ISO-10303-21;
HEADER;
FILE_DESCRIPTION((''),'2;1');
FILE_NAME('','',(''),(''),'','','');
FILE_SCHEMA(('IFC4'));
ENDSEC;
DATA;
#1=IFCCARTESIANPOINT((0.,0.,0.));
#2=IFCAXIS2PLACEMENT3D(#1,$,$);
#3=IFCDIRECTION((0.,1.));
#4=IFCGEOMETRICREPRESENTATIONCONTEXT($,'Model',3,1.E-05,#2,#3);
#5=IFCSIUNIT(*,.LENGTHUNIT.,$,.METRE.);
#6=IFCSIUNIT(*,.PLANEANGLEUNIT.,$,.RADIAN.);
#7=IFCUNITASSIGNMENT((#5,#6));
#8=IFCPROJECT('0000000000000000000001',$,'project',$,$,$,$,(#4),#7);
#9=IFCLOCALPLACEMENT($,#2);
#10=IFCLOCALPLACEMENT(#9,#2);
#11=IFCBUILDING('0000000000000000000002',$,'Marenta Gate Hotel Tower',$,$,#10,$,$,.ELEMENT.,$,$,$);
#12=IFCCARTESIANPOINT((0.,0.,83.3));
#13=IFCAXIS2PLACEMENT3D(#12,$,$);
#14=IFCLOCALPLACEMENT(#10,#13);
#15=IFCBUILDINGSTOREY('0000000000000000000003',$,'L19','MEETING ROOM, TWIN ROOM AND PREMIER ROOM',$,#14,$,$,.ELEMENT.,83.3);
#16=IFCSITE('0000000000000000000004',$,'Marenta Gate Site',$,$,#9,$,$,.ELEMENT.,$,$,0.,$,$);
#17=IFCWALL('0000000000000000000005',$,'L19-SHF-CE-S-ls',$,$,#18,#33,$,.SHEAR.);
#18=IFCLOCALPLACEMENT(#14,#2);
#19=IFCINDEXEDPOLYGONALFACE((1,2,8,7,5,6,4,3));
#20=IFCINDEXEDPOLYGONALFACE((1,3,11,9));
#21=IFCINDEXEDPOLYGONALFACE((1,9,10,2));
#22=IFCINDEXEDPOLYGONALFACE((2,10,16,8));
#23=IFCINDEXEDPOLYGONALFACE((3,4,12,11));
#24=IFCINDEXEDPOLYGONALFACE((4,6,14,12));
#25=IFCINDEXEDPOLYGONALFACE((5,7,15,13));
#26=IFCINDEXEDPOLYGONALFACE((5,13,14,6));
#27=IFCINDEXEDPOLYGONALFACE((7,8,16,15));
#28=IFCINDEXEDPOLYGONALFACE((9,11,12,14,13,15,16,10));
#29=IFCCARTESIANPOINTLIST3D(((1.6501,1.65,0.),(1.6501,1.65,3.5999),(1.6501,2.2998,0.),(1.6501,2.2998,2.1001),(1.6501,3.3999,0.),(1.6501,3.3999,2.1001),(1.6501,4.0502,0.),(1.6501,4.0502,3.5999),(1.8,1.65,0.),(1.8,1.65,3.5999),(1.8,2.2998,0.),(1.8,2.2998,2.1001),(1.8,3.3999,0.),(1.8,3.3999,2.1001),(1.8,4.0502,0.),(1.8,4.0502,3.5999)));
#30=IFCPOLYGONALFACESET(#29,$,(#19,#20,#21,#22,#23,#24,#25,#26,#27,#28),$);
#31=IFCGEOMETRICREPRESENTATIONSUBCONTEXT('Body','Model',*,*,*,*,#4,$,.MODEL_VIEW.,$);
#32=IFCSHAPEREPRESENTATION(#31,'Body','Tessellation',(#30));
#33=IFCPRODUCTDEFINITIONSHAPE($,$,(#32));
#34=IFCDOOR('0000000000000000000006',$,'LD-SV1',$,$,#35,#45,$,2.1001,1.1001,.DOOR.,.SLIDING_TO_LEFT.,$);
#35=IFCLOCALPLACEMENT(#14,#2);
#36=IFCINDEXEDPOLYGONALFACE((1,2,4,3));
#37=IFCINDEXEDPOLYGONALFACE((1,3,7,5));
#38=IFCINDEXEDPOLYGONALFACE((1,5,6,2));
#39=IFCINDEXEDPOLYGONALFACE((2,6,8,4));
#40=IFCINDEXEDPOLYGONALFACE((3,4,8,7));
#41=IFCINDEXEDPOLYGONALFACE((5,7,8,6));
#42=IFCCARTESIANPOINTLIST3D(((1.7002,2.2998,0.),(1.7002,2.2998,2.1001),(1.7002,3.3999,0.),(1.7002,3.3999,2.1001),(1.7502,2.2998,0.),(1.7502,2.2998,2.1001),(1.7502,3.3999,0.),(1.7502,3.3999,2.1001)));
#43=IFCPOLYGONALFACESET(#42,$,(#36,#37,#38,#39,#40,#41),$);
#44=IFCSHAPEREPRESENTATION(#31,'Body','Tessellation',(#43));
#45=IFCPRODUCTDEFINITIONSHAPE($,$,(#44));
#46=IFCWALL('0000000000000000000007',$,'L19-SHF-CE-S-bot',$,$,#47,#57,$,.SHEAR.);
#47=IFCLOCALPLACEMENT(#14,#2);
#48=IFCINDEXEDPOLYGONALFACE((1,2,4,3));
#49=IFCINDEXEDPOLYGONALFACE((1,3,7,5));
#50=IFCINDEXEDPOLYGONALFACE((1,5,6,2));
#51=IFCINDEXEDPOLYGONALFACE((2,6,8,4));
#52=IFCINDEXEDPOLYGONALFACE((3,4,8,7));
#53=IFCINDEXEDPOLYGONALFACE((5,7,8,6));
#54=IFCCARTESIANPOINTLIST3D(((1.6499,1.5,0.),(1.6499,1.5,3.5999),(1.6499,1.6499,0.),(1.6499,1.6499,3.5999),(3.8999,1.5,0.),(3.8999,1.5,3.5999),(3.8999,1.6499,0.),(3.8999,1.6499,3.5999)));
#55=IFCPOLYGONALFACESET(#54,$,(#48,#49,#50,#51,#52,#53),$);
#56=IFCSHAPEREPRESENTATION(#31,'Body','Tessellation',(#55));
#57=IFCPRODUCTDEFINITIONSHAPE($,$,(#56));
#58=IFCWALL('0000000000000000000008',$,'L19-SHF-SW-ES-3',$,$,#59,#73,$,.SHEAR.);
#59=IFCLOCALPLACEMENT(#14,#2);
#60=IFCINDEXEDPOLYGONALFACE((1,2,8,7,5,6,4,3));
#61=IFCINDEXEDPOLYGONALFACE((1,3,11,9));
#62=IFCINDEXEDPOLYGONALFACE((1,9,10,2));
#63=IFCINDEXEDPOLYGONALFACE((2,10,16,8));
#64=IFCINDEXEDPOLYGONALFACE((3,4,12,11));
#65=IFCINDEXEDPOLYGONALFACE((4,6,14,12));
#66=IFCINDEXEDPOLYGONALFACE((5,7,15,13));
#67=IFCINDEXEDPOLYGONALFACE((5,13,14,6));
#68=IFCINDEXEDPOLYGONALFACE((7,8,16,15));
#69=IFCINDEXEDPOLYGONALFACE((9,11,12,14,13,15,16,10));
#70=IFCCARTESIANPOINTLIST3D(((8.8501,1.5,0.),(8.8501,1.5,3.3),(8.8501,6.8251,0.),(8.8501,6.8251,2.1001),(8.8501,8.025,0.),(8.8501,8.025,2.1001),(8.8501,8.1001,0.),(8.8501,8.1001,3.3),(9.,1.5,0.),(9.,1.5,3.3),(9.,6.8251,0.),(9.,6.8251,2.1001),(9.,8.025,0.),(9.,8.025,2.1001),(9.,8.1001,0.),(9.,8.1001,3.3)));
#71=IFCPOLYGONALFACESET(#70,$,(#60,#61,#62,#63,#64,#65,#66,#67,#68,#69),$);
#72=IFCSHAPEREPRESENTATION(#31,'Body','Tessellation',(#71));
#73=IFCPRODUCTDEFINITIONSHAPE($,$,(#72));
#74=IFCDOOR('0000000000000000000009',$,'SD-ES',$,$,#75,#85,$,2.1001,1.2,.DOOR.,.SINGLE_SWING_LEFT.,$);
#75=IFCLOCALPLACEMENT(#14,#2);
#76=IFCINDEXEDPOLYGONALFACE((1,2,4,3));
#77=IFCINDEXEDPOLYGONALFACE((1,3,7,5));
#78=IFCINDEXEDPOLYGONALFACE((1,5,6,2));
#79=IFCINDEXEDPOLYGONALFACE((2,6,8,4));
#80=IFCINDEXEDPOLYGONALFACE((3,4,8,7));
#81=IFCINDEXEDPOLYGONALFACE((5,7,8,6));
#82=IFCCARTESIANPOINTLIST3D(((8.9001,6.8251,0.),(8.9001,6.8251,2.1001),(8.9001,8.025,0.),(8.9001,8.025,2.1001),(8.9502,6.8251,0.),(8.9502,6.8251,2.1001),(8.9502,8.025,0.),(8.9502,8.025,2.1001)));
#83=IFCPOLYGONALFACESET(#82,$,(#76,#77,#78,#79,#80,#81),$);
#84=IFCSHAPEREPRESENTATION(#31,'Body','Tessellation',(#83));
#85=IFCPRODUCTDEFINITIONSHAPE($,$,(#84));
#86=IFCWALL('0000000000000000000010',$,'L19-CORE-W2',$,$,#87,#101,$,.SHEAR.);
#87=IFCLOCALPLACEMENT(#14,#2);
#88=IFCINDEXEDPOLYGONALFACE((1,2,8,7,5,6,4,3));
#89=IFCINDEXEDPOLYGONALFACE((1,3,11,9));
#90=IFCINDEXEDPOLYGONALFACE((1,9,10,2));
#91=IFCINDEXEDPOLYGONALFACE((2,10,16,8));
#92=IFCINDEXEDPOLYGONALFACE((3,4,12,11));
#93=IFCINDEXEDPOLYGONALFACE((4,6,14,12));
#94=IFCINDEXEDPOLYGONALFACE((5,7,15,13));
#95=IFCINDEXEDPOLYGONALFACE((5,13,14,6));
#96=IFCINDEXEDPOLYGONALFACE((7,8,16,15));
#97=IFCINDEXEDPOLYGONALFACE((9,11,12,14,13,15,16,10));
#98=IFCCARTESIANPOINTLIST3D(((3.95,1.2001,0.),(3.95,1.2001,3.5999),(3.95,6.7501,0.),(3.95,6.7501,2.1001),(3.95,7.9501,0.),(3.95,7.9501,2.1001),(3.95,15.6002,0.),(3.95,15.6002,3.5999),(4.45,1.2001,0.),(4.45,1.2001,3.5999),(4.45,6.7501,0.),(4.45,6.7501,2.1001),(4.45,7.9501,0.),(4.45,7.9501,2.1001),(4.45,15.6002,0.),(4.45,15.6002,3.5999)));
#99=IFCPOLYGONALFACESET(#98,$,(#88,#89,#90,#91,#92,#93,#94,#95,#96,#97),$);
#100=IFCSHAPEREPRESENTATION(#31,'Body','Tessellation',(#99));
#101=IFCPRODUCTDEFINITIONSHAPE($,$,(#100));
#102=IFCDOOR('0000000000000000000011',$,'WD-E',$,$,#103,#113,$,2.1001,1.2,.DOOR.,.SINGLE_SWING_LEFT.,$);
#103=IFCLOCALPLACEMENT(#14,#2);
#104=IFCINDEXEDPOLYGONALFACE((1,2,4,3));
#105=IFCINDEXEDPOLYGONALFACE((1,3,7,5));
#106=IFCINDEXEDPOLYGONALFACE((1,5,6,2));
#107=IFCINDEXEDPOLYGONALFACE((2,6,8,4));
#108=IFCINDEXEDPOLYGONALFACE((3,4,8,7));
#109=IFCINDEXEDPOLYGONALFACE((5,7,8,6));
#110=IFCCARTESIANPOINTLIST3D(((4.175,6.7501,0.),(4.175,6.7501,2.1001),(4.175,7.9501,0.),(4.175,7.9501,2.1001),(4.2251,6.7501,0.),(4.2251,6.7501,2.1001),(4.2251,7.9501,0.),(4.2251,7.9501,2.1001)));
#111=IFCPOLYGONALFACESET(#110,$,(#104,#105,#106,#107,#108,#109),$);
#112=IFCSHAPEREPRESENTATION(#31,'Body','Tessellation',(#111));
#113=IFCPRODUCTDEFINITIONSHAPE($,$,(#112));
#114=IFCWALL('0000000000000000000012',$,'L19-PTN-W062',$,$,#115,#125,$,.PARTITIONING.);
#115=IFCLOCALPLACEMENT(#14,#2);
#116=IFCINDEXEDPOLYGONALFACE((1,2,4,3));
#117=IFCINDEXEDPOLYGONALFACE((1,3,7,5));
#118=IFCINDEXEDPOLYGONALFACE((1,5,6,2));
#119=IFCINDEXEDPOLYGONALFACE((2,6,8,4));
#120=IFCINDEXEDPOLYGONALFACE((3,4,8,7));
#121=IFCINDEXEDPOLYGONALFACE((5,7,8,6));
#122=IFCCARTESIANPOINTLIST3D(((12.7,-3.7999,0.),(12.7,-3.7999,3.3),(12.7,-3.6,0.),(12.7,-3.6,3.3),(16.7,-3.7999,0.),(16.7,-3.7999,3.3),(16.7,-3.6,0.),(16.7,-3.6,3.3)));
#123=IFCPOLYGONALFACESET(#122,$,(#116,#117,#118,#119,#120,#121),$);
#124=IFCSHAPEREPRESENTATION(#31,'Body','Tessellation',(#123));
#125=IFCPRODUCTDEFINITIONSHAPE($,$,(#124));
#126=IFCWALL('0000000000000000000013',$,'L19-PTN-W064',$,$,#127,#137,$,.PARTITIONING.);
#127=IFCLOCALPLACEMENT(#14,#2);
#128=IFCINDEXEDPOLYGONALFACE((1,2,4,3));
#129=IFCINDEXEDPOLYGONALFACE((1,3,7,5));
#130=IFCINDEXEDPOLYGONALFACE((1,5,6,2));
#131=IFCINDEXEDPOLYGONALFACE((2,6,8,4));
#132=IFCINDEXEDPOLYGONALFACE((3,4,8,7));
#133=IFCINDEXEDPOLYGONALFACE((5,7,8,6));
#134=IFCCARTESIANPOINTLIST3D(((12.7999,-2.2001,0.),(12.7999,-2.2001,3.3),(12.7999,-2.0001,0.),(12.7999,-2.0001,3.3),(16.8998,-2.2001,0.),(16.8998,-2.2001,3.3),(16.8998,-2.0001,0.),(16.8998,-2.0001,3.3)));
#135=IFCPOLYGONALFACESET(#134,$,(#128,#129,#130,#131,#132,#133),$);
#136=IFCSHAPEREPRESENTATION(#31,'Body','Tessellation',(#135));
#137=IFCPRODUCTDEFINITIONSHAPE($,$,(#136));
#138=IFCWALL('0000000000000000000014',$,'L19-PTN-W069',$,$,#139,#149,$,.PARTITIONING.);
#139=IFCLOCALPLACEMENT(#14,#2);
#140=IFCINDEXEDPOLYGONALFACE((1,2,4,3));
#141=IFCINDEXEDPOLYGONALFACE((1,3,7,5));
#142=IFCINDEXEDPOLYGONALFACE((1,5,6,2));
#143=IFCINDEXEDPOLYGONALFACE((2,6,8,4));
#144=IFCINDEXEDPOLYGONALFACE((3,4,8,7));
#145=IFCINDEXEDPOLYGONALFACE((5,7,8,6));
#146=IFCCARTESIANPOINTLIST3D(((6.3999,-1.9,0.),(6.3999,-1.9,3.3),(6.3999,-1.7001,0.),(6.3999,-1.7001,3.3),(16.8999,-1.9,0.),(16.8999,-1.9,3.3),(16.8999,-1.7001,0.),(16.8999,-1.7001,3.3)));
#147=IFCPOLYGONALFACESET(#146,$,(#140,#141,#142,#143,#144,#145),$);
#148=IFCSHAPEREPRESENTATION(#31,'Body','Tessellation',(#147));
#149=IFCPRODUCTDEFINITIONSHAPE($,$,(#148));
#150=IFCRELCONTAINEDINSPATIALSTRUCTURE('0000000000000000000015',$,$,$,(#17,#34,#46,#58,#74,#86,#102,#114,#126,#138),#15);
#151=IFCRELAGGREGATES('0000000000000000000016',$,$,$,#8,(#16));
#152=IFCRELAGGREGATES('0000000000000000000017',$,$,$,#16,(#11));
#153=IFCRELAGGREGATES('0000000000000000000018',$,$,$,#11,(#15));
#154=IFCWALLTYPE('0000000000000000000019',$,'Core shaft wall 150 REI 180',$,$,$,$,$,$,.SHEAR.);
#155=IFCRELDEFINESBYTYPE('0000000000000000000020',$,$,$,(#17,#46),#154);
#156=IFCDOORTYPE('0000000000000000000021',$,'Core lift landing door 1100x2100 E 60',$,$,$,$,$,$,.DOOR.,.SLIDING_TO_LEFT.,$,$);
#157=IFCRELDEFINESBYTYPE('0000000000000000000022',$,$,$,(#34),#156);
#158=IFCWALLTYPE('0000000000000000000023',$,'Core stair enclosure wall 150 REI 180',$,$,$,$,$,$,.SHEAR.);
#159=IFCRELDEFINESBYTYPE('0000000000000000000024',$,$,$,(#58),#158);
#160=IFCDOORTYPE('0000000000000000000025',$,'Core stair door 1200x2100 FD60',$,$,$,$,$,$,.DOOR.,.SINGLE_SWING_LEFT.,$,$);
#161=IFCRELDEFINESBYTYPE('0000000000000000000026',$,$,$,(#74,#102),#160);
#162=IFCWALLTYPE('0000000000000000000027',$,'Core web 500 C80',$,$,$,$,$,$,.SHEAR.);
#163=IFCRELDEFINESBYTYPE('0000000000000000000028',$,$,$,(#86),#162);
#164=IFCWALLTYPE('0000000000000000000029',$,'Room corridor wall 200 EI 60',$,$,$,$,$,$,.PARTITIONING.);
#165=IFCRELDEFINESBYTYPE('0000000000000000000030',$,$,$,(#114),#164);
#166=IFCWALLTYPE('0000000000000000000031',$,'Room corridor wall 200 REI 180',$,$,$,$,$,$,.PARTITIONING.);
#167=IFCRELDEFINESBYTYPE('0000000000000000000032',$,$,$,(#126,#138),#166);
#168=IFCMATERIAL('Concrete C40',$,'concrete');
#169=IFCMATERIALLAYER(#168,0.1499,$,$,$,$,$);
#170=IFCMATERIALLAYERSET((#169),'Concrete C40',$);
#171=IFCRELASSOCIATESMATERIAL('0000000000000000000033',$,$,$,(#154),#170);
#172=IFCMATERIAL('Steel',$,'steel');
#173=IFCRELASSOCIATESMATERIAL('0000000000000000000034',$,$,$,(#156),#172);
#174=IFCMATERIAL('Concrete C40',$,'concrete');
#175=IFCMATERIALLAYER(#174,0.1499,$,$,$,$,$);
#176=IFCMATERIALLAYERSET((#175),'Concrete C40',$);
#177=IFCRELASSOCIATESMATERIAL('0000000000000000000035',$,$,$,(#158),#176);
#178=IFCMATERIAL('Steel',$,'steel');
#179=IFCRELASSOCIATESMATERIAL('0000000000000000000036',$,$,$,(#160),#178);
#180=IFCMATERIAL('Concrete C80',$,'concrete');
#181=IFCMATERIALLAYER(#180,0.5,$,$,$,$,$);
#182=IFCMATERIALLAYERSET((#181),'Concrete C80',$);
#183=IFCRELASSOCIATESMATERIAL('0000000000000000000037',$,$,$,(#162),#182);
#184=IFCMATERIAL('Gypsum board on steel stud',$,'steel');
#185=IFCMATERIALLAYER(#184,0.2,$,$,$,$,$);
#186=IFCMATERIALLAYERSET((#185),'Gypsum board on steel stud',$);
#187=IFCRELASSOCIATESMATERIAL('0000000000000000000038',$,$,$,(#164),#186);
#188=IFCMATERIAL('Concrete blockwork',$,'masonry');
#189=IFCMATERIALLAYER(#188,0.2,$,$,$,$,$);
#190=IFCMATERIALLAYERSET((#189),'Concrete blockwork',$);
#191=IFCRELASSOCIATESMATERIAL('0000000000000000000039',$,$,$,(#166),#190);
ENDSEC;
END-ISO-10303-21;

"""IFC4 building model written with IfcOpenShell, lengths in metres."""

from ifc_helpers import new_model, si_unit, direction, frame, frame_2d, origin, place, context, subcontext, project, spatial, rectangle, extrude, material, layer, layer_set, type_object, element, fill, save


model = new_model("IFC4")

# Units and contexts
model_context = context("Model", 3, precision=1e-05, world=origin(), true_north=direction((0.0, 1.0)))
body_context = subcontext(model_context, "Body", "Model", "MODEL_VIEW")
ifc_project = project(units=[si_unit("LENGTHUNIT", "METRE"), si_unit("PLANEANGLEUNIT", "RADIAN")], contexts=[model_context])

# Site, building, storey
site_placement = place(None, origin())
site = spatial("IfcSite", under=ifc_project, at=site_placement, Name="Marenta Gate Site", CompositionType="ELEMENT", RefElevation=0.0)
building_placement = place(site_placement, origin())
building = spatial("IfcBuilding", under=site, at=building_placement, Name="Marenta Gate Hotel Tower", CompositionType="ELEMENT")
storey_placement = place(building_placement, frame((0.0, 0.0, 83.3)))
storey = spatial("IfcBuildingStorey", under=building, at=storey_placement, Name="L19", Description="MEETING ROOM, TWIN ROOM AND PREMIER ROOM", CompositionType="ELEMENT", Elevation=83.3)

# Wall, opening, door
ifc_material_1 = material(Name="Concrete C40", Category="concrete")
ifc_layer_1 = layer(ifc_material_1, 0.1499)
ifc_layer_set_1 = layer_set([ifc_layer_1], Name="Concrete C40")
wall_type_1 = type_object("IfcWallType", Name="Core shaft wall 150 REI 180", PredefinedType="SHEAR", material=ifc_layer_set_1)
wall_1_placement = place(storey_placement, frame((1.7251, 1.6499, 0.0), z_axis=(0.0, 0.0, 1.0), x_axis=(0.0, 1.0, 0.0)))
wall_1 = element("IfcWall", 1, at=wall_1_placement, inside=storey, type_object=wall_type_1, Name="L19-SHF-CE-S-ls", PredefinedType="SHEAR", context=body_context, shape_type="SweptSolid", body=[
    extrude(rectangle(XDim=2.4001, YDim=0.1499, at=frame_2d((1.2002, 0.0))), origin(), (0.0, 0.0, 1.0), 3.5999),
])
opening_1_placement = place(wall_1_placement, frame((0.6499, 0.0, 0.0)))
opening_1 = element("IfcOpeningElement", 2, at=opening_1_placement, cuts=wall_1, PredefinedType="OPENING", context=body_context, shape_type="SweptSolid", body=[
    extrude(rectangle(XDim=1.1001, YDim=2.1001, at=frame_2d((0.55, 1.05))), frame((0.0, 0.075, 0.0), z_axis=(0.0, -1.0, 0.0), x_axis=(1.0, 0.0, 0.0)), (0.0, 0.0, 1.0), 0.1499),
])
ifc_material_2 = material(Name="Steel", Category="steel")
door_type_1 = type_object("IfcDoorType", Name="Core lift landing door 1100x2100 E 60", OperationType="SLIDING_TO_LEFT", PredefinedType="DOOR", material=ifc_material_2)
door_1_placement = place(opening_1_placement, origin())
door_1 = element("IfcDoor", 3, at=door_1_placement, inside=storey, type_object=door_type_1, Name="LD-SV1", OperationType="SLIDING_TO_LEFT", OverallHeight=2.1001, OverallWidth=1.1001, PredefinedType="DOOR", context=body_context, shape_type="SweptSolid", body=[
    extrude(rectangle(XDim=1.1001, YDim=2.1001, at=frame_2d((0.55, 1.05))), frame((0.0, 0.0249, 0.0), z_axis=(0.0, -1.0, 0.0), x_axis=(1.0, 0.0, 0.0)), (0.0, 0.0, 1.0), 0.05),
])
fill(opening_1, door_1)

# Wall
wall_2_placement = place(storey_placement, frame((1.6499, 1.575, 0.0), z_axis=(0.0, 0.0, 1.0), x_axis=(1.0, 0.0, 0.0)))
element("IfcWall", 4, at=wall_2_placement, inside=storey, type_object=wall_type_1, Name="L19-SHF-CE-S-bot", PredefinedType="SHEAR", context=body_context, shape_type="SweptSolid", body=[
    extrude(rectangle(XDim=2.25, YDim=0.1499, at=frame_2d((1.125, 0.0))), origin(), (0.0, 0.0, 1.0), 3.5999),
])

# Wall, opening, door
ifc_material_3 = material(Name="Concrete C40", Category="concrete")
ifc_layer_2 = layer(ifc_material_3, 0.1499)
ifc_layer_set_2 = layer_set([ifc_layer_2], Name="Concrete C40")
wall_type_2 = type_object("IfcWallType", Name="Core stair enclosure wall 150 REI 180", PredefinedType="SHEAR", material=ifc_layer_set_2)
wall_3_placement = place(storey_placement, frame((8.925, 1.5, 0.0), z_axis=(0.0, 0.0, 1.0), x_axis=(0.0, 1.0, 0.0)))
wall_3 = element("IfcWall", 5, at=wall_3_placement, inside=storey, type_object=wall_type_2, Name="L19-SHF-SW-ES-3", PredefinedType="SHEAR", context=body_context, shape_type="SweptSolid", body=[
    extrude(rectangle(XDim=6.6001, YDim=0.1499, at=frame_2d((3.3, 0.0))), origin(), (0.0, 0.0, 1.0), 3.3),
])
opening_2_placement = place(wall_3_placement, frame((5.325, 0.0, 0.0)))
opening_2 = element("IfcOpeningElement", 6, at=opening_2_placement, cuts=wall_3, PredefinedType="OPENING", context=body_context, shape_type="SweptSolid", body=[
    extrude(rectangle(XDim=1.2, YDim=2.1001, at=frame_2d((0.6001, 1.05))), frame((0.0, 0.075, 0.0), z_axis=(0.0, -1.0, 0.0), x_axis=(1.0, 0.0, 0.0)), (0.0, 0.0, 1.0), 0.1499),
])
ifc_material_4 = material(Name="Steel", Category="steel")
door_type_2 = type_object("IfcDoorType", Name="Core stair door 1200x2100 FD60", OperationType="SINGLE_SWING_LEFT", PredefinedType="DOOR", material=ifc_material_4)
door_2_placement = place(opening_2_placement, origin())
door_2 = element("IfcDoor", 7, at=door_2_placement, inside=storey, type_object=door_type_2, Name="SD-ES", OperationType="SINGLE_SWING_LEFT", OverallHeight=2.1001, OverallWidth=1.2, PredefinedType="DOOR", context=body_context, shape_type="SweptSolid", body=[
    extrude(rectangle(XDim=1.2, YDim=2.1001, at=frame_2d((0.6001, 1.05))), frame((0.0, 0.0249, 0.0), z_axis=(0.0, -1.0, 0.0), x_axis=(1.0, 0.0, 0.0)), (0.0, 0.0, 1.0), 0.05),
])
fill(opening_2, door_2)

# Wall, opening, door
ifc_material_5 = material(Name="Concrete C80", Category="concrete")
ifc_layer_3 = layer(ifc_material_5, 0.5)
ifc_layer_set_3 = layer_set([ifc_layer_3], Name="Concrete C80")
wall_type_3 = type_object("IfcWallType", Name="Core web 500 C80", PredefinedType="SHEAR", material=ifc_layer_set_3)
wall_4_placement = place(storey_placement, frame((4.2, 1.2, 0.0), z_axis=(0.0, 0.0, 1.0), x_axis=(0.0, 1.0, 0.0)))
wall_4 = element("IfcWall", 8, at=wall_4_placement, inside=storey, type_object=wall_type_3, Name="L19-CORE-W2", PredefinedType="SHEAR", context=body_context, shape_type="SweptSolid", body=[
    extrude(rectangle(XDim=14.4001, YDim=0.5, at=frame_2d((7.2002, 0.0))), origin(), (0.0, 0.0, 1.0), 3.5999),
])
opening_3_placement = place(wall_4_placement, frame((5.55, 0.0, 0.0)))
opening_3 = element("IfcOpeningElement", 9, at=opening_3_placement, cuts=wall_4, PredefinedType="OPENING", context=body_context, shape_type="SweptSolid", body=[
    extrude(rectangle(XDim=1.2, YDim=2.1001, at=frame_2d((0.6001, 1.05))), frame((0.0, 0.25, 0.0), z_axis=(0.0, -1.0, 0.0), x_axis=(1.0, 0.0, 0.0)), (0.0, 0.0, 1.0), 0.5),
])
door_3_placement = place(opening_3_placement, origin())
door_3 = element("IfcDoor", 10, at=door_3_placement, inside=storey, type_object=door_type_2, Name="WD-E", OperationType="SINGLE_SWING_LEFT", OverallHeight=2.1001, OverallWidth=1.2, PredefinedType="DOOR", context=body_context, shape_type="SweptSolid", body=[
    extrude(rectangle(XDim=1.2, YDim=2.1001, at=frame_2d((0.6001, 1.05))), frame((0.0, 0.0249, 0.0), z_axis=(0.0, -1.0, 0.0), x_axis=(1.0, 0.0, 0.0)), (0.0, 0.0, 1.0), 0.05),
])
fill(opening_3, door_3)

# Walls
ifc_material_6 = material(Name="Gypsum board on steel stud", Category="steel")
ifc_layer_4 = layer(ifc_material_6, 0.2)
ifc_layer_set_4 = layer_set([ifc_layer_4], Name="Gypsum board on steel stud")
wall_type_4 = type_object("IfcWallType", Name="Room corridor wall 200 EI 60", PredefinedType="PARTITIONING", material=ifc_layer_set_4)
wall_5_placement = place(storey_placement, frame((12.7, -3.7, 0.0), z_axis=(0.0, 0.0, 1.0), x_axis=(1.0, 0.0, 0.0)))
element("IfcWall", 11, at=wall_5_placement, inside=storey, type_object=wall_type_4, Name="L19-PTN-W062", PredefinedType="PARTITIONING", context=body_context, shape_type="SweptSolid", body=[
    extrude(rectangle(XDim=4.0, YDim=0.2, at=frame_2d((2.0, 0.0))), origin(), (0.0, 0.0, 1.0), 3.3),
])
ifc_material_7 = material(Name="Concrete blockwork", Category="masonry")
ifc_layer_5 = layer(ifc_material_7, 0.2)
ifc_layer_set_5 = layer_set([ifc_layer_5], Name="Concrete blockwork")
wall_type_5 = type_object("IfcWallType", Name="Room corridor wall 200 REI 180", PredefinedType="PARTITIONING", material=ifc_layer_set_5)
wall_6_placement = place(storey_placement, frame((12.8, -2.1001, 0.0), z_axis=(0.0, 0.0, 1.0), x_axis=(1.0, 0.0, 0.0)))
element("IfcWall", 12, at=wall_6_placement, inside=storey, type_object=wall_type_5, Name="L19-PTN-W064", PredefinedType="PARTITIONING", context=body_context, shape_type="SweptSolid", body=[
    extrude(rectangle(XDim=4.0999, YDim=0.2, at=frame_2d((2.0498, 0.0))), origin(), (0.0, 0.0, 1.0), 3.3),
])
wall_7_placement = place(storey_placement, frame((6.3999, -1.8, 0.0), z_axis=(0.0, 0.0, 1.0), x_axis=(1.0, 0.0, 0.0)))
element("IfcWall", 13, at=wall_7_placement, inside=storey, type_object=wall_type_5, Name="L19-PTN-W069", PredefinedType="PARTITIONING", context=body_context, shape_type="SweptSolid", body=[
    extrude(rectangle(XDim=10.5, YDim=0.2, at=frame_2d((5.25, 0.0))), origin(), (0.0, 0.0, 1.0), 3.3),
])

save(model, "model.ifc")
